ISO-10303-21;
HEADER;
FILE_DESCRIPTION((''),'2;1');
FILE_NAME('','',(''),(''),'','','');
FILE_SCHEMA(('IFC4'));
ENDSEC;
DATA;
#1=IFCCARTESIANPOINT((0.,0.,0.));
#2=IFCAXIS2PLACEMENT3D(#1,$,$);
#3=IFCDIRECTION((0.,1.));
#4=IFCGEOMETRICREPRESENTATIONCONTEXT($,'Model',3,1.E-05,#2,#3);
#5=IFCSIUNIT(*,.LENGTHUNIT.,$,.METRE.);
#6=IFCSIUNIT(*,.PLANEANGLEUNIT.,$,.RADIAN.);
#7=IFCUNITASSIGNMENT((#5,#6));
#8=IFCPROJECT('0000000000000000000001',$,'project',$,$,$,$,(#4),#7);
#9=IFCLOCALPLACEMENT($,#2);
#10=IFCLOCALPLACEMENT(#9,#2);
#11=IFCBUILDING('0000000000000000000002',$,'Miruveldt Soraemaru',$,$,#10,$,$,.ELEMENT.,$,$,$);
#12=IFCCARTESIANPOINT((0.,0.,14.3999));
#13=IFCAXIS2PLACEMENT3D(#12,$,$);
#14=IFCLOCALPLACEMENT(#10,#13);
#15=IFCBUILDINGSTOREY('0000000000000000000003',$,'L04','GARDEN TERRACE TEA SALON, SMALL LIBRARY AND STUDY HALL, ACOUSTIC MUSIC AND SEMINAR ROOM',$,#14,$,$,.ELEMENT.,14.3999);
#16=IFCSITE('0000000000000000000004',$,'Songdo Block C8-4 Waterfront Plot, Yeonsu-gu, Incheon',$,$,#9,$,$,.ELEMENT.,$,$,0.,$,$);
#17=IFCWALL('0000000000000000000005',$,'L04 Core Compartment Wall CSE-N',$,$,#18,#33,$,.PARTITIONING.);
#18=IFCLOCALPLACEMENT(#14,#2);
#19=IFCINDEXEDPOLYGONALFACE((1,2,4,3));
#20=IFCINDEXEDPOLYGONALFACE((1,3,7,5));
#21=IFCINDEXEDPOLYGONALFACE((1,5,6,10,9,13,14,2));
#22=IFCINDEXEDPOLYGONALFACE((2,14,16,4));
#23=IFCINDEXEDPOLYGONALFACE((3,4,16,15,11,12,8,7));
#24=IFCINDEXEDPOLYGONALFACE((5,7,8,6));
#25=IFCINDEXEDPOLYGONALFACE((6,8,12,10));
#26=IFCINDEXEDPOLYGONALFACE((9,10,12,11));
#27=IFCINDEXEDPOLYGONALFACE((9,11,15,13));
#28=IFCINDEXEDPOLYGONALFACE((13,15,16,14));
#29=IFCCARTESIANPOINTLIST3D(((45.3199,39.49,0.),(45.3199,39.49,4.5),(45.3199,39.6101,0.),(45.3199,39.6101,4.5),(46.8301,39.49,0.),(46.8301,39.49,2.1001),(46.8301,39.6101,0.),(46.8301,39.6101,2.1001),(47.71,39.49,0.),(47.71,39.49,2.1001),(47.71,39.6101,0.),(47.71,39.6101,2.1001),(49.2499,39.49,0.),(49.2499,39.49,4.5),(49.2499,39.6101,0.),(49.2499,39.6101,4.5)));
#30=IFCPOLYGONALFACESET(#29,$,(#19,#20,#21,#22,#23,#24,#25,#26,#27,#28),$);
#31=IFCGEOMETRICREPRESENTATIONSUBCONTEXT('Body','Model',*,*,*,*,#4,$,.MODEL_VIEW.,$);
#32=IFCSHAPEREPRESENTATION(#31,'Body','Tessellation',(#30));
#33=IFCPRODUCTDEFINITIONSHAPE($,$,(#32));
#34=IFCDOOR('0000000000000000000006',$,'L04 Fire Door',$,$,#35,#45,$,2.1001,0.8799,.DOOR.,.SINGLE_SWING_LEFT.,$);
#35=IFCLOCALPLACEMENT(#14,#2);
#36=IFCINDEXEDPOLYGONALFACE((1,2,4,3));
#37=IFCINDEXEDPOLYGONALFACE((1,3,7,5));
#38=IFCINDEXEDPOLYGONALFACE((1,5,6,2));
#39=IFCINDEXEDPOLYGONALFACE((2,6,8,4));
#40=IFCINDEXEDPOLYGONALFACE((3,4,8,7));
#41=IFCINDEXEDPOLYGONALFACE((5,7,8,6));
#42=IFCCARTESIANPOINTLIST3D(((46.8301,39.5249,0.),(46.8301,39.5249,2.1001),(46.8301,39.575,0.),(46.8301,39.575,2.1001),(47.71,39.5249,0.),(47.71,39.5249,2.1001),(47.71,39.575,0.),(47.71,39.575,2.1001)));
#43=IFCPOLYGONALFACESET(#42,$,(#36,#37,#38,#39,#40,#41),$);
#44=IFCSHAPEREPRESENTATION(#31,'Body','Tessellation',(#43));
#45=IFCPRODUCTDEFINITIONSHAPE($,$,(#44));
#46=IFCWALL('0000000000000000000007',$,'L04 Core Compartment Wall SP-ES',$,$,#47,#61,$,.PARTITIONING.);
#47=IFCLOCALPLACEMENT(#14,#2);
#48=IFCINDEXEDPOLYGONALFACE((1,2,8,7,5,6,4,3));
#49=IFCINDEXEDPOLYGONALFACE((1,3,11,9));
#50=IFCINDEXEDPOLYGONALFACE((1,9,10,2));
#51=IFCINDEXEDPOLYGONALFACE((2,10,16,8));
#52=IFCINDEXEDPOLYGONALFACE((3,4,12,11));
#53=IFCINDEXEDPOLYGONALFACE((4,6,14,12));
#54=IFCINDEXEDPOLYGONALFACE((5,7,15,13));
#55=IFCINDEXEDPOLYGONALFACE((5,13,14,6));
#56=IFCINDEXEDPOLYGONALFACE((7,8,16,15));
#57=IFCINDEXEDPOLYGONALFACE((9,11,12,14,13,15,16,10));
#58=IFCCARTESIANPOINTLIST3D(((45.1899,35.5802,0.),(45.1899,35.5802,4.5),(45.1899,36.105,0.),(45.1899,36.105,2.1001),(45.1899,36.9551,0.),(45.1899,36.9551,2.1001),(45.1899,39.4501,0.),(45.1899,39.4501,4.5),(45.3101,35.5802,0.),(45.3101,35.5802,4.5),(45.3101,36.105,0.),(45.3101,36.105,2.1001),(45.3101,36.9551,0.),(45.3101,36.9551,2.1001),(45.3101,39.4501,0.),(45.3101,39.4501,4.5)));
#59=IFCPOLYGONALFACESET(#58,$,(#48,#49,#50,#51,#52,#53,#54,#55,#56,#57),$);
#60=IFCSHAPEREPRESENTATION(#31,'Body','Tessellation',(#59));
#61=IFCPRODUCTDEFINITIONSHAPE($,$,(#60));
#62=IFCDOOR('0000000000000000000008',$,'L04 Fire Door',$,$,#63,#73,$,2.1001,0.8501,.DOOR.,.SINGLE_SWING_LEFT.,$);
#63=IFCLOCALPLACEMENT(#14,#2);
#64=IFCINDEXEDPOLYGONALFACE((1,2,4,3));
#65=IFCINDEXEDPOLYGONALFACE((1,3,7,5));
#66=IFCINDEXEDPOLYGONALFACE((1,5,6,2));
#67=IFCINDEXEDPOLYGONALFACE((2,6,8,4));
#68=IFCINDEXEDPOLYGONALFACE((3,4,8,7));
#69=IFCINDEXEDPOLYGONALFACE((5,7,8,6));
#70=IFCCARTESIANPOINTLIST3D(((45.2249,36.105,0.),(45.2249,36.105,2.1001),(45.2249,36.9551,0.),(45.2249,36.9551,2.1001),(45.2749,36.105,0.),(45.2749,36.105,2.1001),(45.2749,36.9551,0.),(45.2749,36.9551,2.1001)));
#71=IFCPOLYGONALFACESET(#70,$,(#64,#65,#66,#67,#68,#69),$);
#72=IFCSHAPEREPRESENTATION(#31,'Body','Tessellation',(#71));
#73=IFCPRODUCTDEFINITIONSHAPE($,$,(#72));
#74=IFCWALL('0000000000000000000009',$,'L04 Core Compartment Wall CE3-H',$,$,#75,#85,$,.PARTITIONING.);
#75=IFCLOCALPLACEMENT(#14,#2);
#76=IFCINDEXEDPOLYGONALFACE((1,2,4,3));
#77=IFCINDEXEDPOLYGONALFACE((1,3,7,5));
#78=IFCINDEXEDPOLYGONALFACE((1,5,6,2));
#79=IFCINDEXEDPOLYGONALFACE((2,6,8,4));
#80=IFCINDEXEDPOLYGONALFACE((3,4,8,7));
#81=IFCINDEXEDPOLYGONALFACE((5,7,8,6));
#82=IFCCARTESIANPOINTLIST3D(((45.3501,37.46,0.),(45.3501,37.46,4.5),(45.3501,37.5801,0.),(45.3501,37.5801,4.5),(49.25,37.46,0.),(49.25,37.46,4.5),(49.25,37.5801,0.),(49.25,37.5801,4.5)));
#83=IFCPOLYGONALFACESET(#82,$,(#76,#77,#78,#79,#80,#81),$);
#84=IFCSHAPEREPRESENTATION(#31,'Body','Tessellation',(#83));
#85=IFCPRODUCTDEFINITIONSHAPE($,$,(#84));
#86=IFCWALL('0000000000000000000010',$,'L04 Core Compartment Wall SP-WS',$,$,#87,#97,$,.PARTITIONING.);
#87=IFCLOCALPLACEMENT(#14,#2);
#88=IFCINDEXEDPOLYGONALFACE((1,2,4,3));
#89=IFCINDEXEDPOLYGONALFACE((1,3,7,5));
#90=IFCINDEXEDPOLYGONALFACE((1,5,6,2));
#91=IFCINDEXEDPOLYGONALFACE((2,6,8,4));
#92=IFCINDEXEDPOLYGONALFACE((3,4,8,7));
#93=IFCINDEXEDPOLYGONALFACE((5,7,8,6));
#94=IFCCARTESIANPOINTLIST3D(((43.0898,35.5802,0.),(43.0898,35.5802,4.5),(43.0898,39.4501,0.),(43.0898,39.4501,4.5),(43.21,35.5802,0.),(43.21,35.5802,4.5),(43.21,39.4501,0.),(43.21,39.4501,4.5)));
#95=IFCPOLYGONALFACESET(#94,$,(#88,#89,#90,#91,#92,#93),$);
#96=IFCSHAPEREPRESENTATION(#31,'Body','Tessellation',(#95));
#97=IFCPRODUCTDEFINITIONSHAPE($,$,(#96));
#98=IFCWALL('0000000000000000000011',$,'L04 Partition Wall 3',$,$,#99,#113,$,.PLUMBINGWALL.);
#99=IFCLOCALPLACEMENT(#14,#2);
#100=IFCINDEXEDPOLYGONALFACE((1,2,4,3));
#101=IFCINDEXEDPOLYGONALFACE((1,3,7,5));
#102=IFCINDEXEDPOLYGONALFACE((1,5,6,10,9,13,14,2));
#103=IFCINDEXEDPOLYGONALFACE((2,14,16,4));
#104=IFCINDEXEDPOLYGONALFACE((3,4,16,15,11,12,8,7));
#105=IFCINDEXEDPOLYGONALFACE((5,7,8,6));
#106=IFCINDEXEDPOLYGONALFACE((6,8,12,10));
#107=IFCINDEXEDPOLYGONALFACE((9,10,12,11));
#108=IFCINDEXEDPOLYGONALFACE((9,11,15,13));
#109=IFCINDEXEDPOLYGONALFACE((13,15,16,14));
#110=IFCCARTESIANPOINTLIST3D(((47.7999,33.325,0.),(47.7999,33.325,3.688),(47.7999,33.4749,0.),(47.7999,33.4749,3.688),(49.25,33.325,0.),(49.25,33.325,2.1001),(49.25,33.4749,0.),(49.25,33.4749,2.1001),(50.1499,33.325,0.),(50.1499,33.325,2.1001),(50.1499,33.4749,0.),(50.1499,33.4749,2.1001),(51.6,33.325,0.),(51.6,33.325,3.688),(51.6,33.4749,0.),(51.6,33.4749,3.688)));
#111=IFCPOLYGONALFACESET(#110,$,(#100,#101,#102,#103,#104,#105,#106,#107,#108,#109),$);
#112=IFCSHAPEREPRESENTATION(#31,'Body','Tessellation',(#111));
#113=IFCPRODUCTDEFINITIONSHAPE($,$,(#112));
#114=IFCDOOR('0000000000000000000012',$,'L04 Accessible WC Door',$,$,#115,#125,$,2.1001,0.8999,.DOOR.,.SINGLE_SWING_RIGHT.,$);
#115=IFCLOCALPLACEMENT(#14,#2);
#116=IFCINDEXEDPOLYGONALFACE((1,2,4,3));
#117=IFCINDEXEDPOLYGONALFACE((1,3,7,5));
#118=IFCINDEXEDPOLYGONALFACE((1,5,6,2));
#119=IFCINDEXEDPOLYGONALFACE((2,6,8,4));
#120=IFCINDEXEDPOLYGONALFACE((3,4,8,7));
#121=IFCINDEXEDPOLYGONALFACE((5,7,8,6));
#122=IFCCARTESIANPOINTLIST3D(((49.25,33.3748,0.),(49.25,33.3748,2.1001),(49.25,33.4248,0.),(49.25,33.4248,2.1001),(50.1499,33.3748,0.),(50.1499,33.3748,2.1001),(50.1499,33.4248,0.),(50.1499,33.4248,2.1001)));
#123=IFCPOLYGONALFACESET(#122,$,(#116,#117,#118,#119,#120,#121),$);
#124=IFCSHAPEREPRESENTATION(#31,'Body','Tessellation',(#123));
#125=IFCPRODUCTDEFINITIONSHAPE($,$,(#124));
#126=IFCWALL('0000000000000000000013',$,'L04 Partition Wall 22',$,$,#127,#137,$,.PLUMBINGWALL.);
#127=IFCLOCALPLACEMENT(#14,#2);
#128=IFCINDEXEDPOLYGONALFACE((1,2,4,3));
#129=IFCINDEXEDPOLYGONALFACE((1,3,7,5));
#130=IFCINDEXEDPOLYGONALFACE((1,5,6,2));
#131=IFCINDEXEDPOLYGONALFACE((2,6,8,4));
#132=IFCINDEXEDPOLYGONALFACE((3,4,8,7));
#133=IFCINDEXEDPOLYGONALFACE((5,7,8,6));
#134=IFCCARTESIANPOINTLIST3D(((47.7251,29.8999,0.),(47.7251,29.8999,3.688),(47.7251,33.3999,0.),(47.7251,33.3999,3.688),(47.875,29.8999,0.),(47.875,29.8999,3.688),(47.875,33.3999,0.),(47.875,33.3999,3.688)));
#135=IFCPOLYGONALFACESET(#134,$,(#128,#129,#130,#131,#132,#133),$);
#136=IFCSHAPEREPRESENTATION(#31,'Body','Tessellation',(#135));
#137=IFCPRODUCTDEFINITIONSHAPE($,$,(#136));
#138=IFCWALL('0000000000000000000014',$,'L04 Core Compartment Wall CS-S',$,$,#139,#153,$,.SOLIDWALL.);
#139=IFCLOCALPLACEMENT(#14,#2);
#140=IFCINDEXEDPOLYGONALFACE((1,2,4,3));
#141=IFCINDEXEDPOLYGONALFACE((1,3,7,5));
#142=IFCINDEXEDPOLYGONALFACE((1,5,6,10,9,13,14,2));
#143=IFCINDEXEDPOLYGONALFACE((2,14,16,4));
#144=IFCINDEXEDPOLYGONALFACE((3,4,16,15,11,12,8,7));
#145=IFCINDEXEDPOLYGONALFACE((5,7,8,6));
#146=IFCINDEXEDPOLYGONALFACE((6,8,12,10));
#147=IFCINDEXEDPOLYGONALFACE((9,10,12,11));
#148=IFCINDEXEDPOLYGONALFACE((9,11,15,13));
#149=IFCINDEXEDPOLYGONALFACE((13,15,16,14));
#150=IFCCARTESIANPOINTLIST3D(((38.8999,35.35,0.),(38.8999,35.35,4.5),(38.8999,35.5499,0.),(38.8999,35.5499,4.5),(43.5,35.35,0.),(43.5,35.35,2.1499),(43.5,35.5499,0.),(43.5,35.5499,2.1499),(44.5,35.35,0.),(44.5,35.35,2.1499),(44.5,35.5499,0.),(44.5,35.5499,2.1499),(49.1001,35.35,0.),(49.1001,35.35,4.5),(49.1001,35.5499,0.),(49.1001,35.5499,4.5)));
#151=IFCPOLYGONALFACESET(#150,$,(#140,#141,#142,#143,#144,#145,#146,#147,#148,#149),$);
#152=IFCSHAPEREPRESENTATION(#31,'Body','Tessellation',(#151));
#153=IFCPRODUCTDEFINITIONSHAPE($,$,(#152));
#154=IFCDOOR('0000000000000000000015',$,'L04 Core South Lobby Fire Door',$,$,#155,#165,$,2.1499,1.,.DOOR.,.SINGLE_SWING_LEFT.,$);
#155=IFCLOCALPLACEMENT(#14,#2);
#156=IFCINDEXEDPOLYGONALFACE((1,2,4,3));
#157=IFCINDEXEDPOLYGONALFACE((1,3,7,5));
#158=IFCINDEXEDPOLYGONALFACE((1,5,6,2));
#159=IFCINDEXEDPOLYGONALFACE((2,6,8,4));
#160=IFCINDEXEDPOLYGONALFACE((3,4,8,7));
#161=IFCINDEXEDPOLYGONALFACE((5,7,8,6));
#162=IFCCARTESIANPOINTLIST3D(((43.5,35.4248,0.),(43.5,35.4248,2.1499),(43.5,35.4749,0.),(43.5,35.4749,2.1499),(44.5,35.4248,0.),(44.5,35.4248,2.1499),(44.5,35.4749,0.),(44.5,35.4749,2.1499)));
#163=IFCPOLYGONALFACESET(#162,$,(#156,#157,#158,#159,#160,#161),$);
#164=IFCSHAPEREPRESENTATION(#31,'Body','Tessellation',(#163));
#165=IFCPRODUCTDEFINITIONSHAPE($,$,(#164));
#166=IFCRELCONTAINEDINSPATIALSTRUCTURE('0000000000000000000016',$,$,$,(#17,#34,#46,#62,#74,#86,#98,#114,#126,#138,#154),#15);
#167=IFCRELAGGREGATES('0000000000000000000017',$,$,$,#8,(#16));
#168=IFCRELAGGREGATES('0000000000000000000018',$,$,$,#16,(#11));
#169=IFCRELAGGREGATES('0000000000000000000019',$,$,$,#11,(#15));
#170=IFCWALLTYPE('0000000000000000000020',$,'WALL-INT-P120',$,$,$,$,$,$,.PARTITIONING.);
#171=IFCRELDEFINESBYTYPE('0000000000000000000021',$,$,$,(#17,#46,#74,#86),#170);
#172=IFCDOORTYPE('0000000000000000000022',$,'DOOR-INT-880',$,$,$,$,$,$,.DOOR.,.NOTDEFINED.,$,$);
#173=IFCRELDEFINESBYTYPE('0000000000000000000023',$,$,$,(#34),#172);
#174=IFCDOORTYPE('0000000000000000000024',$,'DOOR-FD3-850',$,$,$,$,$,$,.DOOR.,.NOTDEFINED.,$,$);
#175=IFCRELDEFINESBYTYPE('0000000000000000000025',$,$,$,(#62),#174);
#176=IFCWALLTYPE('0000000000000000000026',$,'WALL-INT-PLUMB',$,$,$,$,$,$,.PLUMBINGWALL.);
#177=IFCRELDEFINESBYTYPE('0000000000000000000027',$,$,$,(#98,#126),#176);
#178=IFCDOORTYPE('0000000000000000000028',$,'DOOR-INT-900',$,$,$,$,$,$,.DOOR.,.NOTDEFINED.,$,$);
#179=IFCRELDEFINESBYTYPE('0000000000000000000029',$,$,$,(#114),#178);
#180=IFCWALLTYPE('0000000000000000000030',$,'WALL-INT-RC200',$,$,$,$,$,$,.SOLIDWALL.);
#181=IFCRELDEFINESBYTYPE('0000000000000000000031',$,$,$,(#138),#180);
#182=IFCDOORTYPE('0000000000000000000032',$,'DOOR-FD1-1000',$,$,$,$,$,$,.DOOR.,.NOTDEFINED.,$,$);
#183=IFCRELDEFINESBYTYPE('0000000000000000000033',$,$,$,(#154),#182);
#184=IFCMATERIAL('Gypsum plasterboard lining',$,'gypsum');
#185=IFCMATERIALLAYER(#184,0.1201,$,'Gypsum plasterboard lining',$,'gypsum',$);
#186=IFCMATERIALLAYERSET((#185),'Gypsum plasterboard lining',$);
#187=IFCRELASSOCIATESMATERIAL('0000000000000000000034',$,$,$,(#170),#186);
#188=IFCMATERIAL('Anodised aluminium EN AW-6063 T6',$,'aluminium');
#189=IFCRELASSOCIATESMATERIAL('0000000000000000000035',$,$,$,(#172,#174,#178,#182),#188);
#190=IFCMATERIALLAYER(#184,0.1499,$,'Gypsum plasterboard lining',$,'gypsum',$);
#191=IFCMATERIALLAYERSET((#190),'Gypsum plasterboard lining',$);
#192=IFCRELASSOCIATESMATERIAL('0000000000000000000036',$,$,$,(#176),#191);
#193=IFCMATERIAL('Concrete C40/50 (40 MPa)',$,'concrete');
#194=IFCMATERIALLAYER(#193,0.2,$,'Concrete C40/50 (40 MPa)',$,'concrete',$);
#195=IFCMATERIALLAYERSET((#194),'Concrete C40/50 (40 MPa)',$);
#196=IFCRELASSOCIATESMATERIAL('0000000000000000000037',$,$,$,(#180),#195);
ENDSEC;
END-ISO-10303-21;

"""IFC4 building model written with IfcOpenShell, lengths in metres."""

from ifc_helpers import new_model, si_unit, direction, frame, frame_2d, origin, place, context, subcontext, project, spatial, rectangle, extrude, material, layer, layer_set, type_object, element, fill, save


model = new_model("IFC4")

# Units and contexts
model_context = context("Model", 3, precision=1e-05, world=origin(), true_north=direction((0.0, 1.0)))
body_context = subcontext(model_context, "Body", "Model", "MODEL_VIEW")
ifc_project = project(units=[si_unit("LENGTHUNIT", "METRE"), si_unit("PLANEANGLEUNIT", "RADIAN")], contexts=[model_context])

# Site, building, storey
site_placement = place(None, origin())
site = spatial("IfcSite", under=ifc_project, at=site_placement, Name="Songdo Block C8-4 Waterfront Plot, Yeonsu-gu, Incheon", CompositionType="ELEMENT", RefElevation=0.0)
building_placement = place(site_placement, origin())
building = spatial("IfcBuilding", under=site, at=building_placement, Name="Miruveldt Soraemaru", CompositionType="ELEMENT")
storey_placement = place(building_placement, frame((0.0, 0.0, 14.3999)))
storey = spatial("IfcBuildingStorey", under=building, at=storey_placement, Name="L04", Description="GARDEN TERRACE TEA SALON, SMALL LIBRARY AND STUDY HALL, ACOUSTIC MUSIC AND SEMINAR ROOM", CompositionType="ELEMENT", Elevation=14.3999)

# Walls, openings, doors
ifc_material_1 = material(Name="Gypsum plasterboard lining", Category="gypsum")
ifc_layer_1 = layer(ifc_material_1, 0.1201, Name="Gypsum plasterboard lining", Category="gypsum")
ifc_layer_set_1 = layer_set([ifc_layer_1], Name="Gypsum plasterboard lining")
wall_type_1 = type_object("IfcWallType", Name="WALL-INT-P120", PredefinedType="PARTITIONING", material=ifc_layer_set_1)
ifc_material_2 = material(Name="Anodised aluminium EN AW-6063 T6", Category="aluminium")
wall_1_placement = place(storey_placement, frame((45.3201, 39.55, 0.0), z_axis=(0.0, 0.0, 1.0), x_axis=(1.0, 0.0, 0.0)))
wall_1 = element("IfcWall", 1, at=wall_1_placement, inside=storey, type_object=wall_type_1, Name="L04 Core Compartment Wall CSE-N", PredefinedType="PARTITIONING", context=body_context, shape_type="SweptSolid", body=[
    extrude(rectangle(XDim=3.9299, YDim=0.1201, at=frame_2d((1.9648, 0.0))), origin(), (0.0, 0.0, 1.0), 4.5),
])
opening_1_placement = place(wall_1_placement, frame((1.51, 0.0, 0.0)))
opening_1 = element("IfcOpeningElement", 2, at=opening_1_placement, cuts=wall_1, PredefinedType="OPENING", context=body_context, shape_type="SweptSolid", body=[
    extrude(rectangle(XDim=0.8799, YDim=2.1001, at=frame_2d((0.4399, 1.05))), frame((0.0, 0.0701, 0.0), z_axis=(0.0, -1.0, 0.0), x_axis=(1.0, 0.0, 0.0)), (0.0, 0.0, 1.0), 0.1401),
])
door_type_1 = type_object("IfcDoorType", Name="DOOR-INT-880", OperationType="NOTDEFINED", PredefinedType="DOOR", material=ifc_material_2)
door_1_placement = place(opening_1_placement, origin())
door_1 = element("IfcDoor", 3, at=door_1_placement, inside=storey, type_object=door_type_1, Name="L04 Fire Door", OperationType="SINGLE_SWING_LEFT", OverallHeight=2.1001, OverallWidth=0.8799, PredefinedType="DOOR", context=body_context, shape_type="SweptSolid", body=[
    extrude(rectangle(XDim=0.8799, YDim=2.1001, at=frame_2d((0.4399, 1.05))), frame((0.0, 0.0249, 0.0), z_axis=(0.0, -1.0, 0.0), x_axis=(1.0, 0.0, 0.0)), (0.0, 0.0, 1.0), 0.05),
])
fill(opening_1, door_1)
wall_2_placement = place(storey_placement, frame((45.25, 35.5801, 0.0), z_axis=(0.0, 0.0, 1.0), x_axis=(0.0, 1.0, 0.0)))
wall_2 = element("IfcWall", 4, at=wall_2_placement, inside=storey, type_object=wall_type_1, Name="L04 Core Compartment Wall SP-ES", PredefinedType="PARTITIONING", context=body_context, shape_type="SweptSolid", body=[
    extrude(rectangle(XDim=3.8699, YDim=0.1201, at=frame_2d((1.9351, 0.0))), origin(), (0.0, 0.0, 1.0), 4.5),
])
opening_2_placement = place(wall_2_placement, frame((0.5249, 0.0, 0.0)))
opening_2 = element("IfcOpeningElement", 5, at=opening_2_placement, cuts=wall_2, PredefinedType="OPENING", context=body_context, shape_type="SweptSolid", body=[
    extrude(rectangle(XDim=0.8501, YDim=2.1001, at=frame_2d((0.425, 1.05))), frame((0.0, 0.0701, 0.0), z_axis=(0.0, -1.0, 0.0), x_axis=(1.0, 0.0, 0.0)), (0.0, 0.0, 1.0), 0.1401),
])
door_type_2 = type_object("IfcDoorType", Name="DOOR-FD3-850", OperationType="NOTDEFINED", PredefinedType="DOOR", material=ifc_material_2)
door_2_placement = place(opening_2_placement, frame((0.8501, 0.0, 0.0), z_axis=(0.0, 0.0, 1.0), x_axis=(-1.0, 0.0, 0.0)))
door_2 = element("IfcDoor", 6, at=door_2_placement, inside=storey, type_object=door_type_2, Name="L04 Fire Door", OperationType="SINGLE_SWING_LEFT", OverallHeight=2.1001, OverallWidth=0.8501, PredefinedType="DOOR", context=body_context, shape_type="SweptSolid", body=[
    extrude(rectangle(XDim=0.8501, YDim=2.1001, at=frame_2d((0.425, 1.05))), frame((0.0, 0.0249, 0.0), z_axis=(0.0, -1.0, 0.0), x_axis=(1.0, 0.0, 0.0)), (0.0, 0.0, 1.0), 0.05),
])
fill(opening_2, door_2)

# Walls
wall_3_placement = place(storey_placement, frame((45.3501, 37.52, 0.0), z_axis=(0.0, 0.0, 1.0), x_axis=(1.0, 0.0, 0.0)))
element("IfcWall", 7, at=wall_3_placement, inside=storey, type_object=wall_type_1, Name="L04 Core Compartment Wall CE3-H", PredefinedType="PARTITIONING", context=body_context, shape_type="SweptSolid", body=[
    extrude(rectangle(XDim=3.8999, YDim=0.1201, at=frame_2d((1.95, 0.0))), origin(), (0.0, 0.0, 1.0), 4.5),
])
wall_4_placement = place(storey_placement, frame((43.1499, 35.5801, 0.0), z_axis=(0.0, 0.0, 1.0), x_axis=(0.0, 1.0, 0.0)))
element("IfcWall", 8, at=wall_4_placement, inside=storey, type_object=wall_type_1, Name="L04 Core Compartment Wall SP-WS", PredefinedType="PARTITIONING", context=body_context, shape_type="SweptSolid", body=[
    extrude(rectangle(XDim=3.8699, YDim=0.1201, at=frame_2d((1.9351, 0.0))), origin(), (0.0, 0.0, 1.0), 4.5),
])

# Wall, opening, door
ifc_layer_2 = layer(ifc_material_1, 0.1499, Name="Gypsum plasterboard lining", Category="gypsum")
ifc_layer_set_2 = layer_set([ifc_layer_2], Name="Gypsum plasterboard lining")
wall_type_2 = type_object("IfcWallType", Name="WALL-INT-PLUMB", PredefinedType="PLUMBINGWALL", material=ifc_layer_set_2)
wall_5_placement = place(storey_placement, frame((47.8, 33.3999, 0.0), z_axis=(0.0, 0.0, 1.0), x_axis=(1.0, 0.0, 0.0)))
wall_5 = element("IfcWall", 9, at=wall_5_placement, inside=storey, type_object=wall_type_2, Name="L04 Partition Wall 3", PredefinedType="PLUMBINGWALL", context=body_context, shape_type="SweptSolid", body=[
    extrude(rectangle(XDim=3.8, YDim=0.1499, at=frame_2d((1.8999, 0.0))), origin(), (0.0, 0.0, 1.0), 3.688),
])
opening_3_placement = place(wall_5_placement, frame((1.45, 0.0, 0.0)))
opening_3 = element("IfcOpeningElement", 10, at=opening_3_placement, cuts=wall_5, PredefinedType="OPENING", context=body_context, shape_type="SweptSolid", body=[
    extrude(rectangle(XDim=0.8999, YDim=2.1001, at=frame_2d((0.45, 1.05))), frame((0.0, 0.085, 0.0), z_axis=(0.0, -1.0, 0.0), x_axis=(1.0, 0.0, 0.0)), (0.0, 0.0, 1.0), 0.1699),
])
door_type_3 = type_object("IfcDoorType", Name="DOOR-INT-900", OperationType="NOTDEFINED", PredefinedType="DOOR", material=ifc_material_2)
door_3_placement = place(opening_3_placement, origin())
door_3 = element("IfcDoor", 11, at=door_3_placement, inside=storey, type_object=door_type_3, Name="L04 Accessible WC Door", OperationType="SINGLE_SWING_RIGHT", OverallHeight=2.1001, OverallWidth=0.8999, PredefinedType="DOOR", context=body_context, shape_type="SweptSolid", body=[
    extrude(rectangle(XDim=0.8999, YDim=2.1001, at=frame_2d((0.45, 1.05))), frame((0.0, 0.0249, 0.0), z_axis=(0.0, -1.0, 0.0), x_axis=(1.0, 0.0, 0.0)), (0.0, 0.0, 1.0), 0.05),
])
fill(opening_3, door_3)

# Wall
wall_6_placement = place(storey_placement, frame((47.8, 33.3999, 0.0), z_axis=(0.0, 0.0, 1.0), x_axis=(0.0, -1.0, 0.0)))
element("IfcWall", 12, at=wall_6_placement, inside=storey, type_object=wall_type_2, Name="L04 Partition Wall 22", PredefinedType="PLUMBINGWALL", context=body_context, shape_type="SweptSolid", body=[
    extrude(rectangle(XDim=3.5, YDim=0.1499, at=frame_2d((1.75, 0.0))), origin(), (0.0, 0.0, 1.0), 3.688),
])

# Wall, opening, door
ifc_material_3 = material(Name="Concrete C40/50 (40 MPa)", Category="concrete")
ifc_layer_3 = layer(ifc_material_3, 0.2, Name="Concrete C40/50 (40 MPa)", Category="concrete")
ifc_layer_set_3 = layer_set([ifc_layer_3], Name="Concrete C40/50 (40 MPa)")
wall_type_3 = type_object("IfcWallType", Name="WALL-INT-RC200", PredefinedType="SOLIDWALL", material=ifc_layer_set_3)
wall_7_placement = place(storey_placement, frame((38.8999, 35.45, 0.0), z_axis=(0.0, 0.0, 1.0), x_axis=(1.0, 0.0, 0.0)))
wall_7 = element("IfcWall", 13, at=wall_7_placement, inside=storey, type_object=wall_type_3, Name="L04 Core Compartment Wall CS-S", PredefinedType="SOLIDWALL", context=body_context, shape_type="SweptSolid", body=[
    extrude(rectangle(XDim=10.2002, YDim=0.2, at=frame_2d((5.1001, 0.0))), origin(), (0.0, 0.0, 1.0), 4.5),
])
opening_4_placement = place(wall_7_placement, frame((4.6001, 0.0, 0.0)))
opening_4 = element("IfcOpeningElement", 14, at=opening_4_placement, cuts=wall_7, PredefinedType="OPENING", context=body_context, shape_type="SweptSolid", body=[
    extrude(rectangle(XDim=1.0, YDim=2.1499, at=frame_2d((0.5, 1.075))), frame((0.0, 0.1099, 0.0), z_axis=(0.0, -1.0, 0.0), x_axis=(1.0, 0.0, 0.0)), (0.0, 0.0, 1.0), 0.22),
])
door_type_4 = type_object("IfcDoorType", Name="DOOR-FD1-1000", OperationType="NOTDEFINED", PredefinedType="DOOR", material=ifc_material_2)
door_4_placement = place(opening_4_placement, origin())
door_4 = element("IfcDoor", 15, at=door_4_placement, inside=storey, type_object=door_type_4, Name="L04 Core South Lobby Fire Door", OperationType="SINGLE_SWING_LEFT", OverallHeight=2.1499, OverallWidth=1.0, PredefinedType="DOOR", context=body_context, shape_type="SweptSolid", body=[
    extrude(rectangle(XDim=1.0, YDim=2.1499, at=frame_2d((0.5, 1.075))), frame((0.0, 0.0249, 0.0), z_axis=(0.0, -1.0, 0.0), x_axis=(1.0, 0.0, 0.0)), (0.0, 0.0, 1.0), 0.05),
])
fill(opening_4, door_4)

save(model, "model.ifc")
